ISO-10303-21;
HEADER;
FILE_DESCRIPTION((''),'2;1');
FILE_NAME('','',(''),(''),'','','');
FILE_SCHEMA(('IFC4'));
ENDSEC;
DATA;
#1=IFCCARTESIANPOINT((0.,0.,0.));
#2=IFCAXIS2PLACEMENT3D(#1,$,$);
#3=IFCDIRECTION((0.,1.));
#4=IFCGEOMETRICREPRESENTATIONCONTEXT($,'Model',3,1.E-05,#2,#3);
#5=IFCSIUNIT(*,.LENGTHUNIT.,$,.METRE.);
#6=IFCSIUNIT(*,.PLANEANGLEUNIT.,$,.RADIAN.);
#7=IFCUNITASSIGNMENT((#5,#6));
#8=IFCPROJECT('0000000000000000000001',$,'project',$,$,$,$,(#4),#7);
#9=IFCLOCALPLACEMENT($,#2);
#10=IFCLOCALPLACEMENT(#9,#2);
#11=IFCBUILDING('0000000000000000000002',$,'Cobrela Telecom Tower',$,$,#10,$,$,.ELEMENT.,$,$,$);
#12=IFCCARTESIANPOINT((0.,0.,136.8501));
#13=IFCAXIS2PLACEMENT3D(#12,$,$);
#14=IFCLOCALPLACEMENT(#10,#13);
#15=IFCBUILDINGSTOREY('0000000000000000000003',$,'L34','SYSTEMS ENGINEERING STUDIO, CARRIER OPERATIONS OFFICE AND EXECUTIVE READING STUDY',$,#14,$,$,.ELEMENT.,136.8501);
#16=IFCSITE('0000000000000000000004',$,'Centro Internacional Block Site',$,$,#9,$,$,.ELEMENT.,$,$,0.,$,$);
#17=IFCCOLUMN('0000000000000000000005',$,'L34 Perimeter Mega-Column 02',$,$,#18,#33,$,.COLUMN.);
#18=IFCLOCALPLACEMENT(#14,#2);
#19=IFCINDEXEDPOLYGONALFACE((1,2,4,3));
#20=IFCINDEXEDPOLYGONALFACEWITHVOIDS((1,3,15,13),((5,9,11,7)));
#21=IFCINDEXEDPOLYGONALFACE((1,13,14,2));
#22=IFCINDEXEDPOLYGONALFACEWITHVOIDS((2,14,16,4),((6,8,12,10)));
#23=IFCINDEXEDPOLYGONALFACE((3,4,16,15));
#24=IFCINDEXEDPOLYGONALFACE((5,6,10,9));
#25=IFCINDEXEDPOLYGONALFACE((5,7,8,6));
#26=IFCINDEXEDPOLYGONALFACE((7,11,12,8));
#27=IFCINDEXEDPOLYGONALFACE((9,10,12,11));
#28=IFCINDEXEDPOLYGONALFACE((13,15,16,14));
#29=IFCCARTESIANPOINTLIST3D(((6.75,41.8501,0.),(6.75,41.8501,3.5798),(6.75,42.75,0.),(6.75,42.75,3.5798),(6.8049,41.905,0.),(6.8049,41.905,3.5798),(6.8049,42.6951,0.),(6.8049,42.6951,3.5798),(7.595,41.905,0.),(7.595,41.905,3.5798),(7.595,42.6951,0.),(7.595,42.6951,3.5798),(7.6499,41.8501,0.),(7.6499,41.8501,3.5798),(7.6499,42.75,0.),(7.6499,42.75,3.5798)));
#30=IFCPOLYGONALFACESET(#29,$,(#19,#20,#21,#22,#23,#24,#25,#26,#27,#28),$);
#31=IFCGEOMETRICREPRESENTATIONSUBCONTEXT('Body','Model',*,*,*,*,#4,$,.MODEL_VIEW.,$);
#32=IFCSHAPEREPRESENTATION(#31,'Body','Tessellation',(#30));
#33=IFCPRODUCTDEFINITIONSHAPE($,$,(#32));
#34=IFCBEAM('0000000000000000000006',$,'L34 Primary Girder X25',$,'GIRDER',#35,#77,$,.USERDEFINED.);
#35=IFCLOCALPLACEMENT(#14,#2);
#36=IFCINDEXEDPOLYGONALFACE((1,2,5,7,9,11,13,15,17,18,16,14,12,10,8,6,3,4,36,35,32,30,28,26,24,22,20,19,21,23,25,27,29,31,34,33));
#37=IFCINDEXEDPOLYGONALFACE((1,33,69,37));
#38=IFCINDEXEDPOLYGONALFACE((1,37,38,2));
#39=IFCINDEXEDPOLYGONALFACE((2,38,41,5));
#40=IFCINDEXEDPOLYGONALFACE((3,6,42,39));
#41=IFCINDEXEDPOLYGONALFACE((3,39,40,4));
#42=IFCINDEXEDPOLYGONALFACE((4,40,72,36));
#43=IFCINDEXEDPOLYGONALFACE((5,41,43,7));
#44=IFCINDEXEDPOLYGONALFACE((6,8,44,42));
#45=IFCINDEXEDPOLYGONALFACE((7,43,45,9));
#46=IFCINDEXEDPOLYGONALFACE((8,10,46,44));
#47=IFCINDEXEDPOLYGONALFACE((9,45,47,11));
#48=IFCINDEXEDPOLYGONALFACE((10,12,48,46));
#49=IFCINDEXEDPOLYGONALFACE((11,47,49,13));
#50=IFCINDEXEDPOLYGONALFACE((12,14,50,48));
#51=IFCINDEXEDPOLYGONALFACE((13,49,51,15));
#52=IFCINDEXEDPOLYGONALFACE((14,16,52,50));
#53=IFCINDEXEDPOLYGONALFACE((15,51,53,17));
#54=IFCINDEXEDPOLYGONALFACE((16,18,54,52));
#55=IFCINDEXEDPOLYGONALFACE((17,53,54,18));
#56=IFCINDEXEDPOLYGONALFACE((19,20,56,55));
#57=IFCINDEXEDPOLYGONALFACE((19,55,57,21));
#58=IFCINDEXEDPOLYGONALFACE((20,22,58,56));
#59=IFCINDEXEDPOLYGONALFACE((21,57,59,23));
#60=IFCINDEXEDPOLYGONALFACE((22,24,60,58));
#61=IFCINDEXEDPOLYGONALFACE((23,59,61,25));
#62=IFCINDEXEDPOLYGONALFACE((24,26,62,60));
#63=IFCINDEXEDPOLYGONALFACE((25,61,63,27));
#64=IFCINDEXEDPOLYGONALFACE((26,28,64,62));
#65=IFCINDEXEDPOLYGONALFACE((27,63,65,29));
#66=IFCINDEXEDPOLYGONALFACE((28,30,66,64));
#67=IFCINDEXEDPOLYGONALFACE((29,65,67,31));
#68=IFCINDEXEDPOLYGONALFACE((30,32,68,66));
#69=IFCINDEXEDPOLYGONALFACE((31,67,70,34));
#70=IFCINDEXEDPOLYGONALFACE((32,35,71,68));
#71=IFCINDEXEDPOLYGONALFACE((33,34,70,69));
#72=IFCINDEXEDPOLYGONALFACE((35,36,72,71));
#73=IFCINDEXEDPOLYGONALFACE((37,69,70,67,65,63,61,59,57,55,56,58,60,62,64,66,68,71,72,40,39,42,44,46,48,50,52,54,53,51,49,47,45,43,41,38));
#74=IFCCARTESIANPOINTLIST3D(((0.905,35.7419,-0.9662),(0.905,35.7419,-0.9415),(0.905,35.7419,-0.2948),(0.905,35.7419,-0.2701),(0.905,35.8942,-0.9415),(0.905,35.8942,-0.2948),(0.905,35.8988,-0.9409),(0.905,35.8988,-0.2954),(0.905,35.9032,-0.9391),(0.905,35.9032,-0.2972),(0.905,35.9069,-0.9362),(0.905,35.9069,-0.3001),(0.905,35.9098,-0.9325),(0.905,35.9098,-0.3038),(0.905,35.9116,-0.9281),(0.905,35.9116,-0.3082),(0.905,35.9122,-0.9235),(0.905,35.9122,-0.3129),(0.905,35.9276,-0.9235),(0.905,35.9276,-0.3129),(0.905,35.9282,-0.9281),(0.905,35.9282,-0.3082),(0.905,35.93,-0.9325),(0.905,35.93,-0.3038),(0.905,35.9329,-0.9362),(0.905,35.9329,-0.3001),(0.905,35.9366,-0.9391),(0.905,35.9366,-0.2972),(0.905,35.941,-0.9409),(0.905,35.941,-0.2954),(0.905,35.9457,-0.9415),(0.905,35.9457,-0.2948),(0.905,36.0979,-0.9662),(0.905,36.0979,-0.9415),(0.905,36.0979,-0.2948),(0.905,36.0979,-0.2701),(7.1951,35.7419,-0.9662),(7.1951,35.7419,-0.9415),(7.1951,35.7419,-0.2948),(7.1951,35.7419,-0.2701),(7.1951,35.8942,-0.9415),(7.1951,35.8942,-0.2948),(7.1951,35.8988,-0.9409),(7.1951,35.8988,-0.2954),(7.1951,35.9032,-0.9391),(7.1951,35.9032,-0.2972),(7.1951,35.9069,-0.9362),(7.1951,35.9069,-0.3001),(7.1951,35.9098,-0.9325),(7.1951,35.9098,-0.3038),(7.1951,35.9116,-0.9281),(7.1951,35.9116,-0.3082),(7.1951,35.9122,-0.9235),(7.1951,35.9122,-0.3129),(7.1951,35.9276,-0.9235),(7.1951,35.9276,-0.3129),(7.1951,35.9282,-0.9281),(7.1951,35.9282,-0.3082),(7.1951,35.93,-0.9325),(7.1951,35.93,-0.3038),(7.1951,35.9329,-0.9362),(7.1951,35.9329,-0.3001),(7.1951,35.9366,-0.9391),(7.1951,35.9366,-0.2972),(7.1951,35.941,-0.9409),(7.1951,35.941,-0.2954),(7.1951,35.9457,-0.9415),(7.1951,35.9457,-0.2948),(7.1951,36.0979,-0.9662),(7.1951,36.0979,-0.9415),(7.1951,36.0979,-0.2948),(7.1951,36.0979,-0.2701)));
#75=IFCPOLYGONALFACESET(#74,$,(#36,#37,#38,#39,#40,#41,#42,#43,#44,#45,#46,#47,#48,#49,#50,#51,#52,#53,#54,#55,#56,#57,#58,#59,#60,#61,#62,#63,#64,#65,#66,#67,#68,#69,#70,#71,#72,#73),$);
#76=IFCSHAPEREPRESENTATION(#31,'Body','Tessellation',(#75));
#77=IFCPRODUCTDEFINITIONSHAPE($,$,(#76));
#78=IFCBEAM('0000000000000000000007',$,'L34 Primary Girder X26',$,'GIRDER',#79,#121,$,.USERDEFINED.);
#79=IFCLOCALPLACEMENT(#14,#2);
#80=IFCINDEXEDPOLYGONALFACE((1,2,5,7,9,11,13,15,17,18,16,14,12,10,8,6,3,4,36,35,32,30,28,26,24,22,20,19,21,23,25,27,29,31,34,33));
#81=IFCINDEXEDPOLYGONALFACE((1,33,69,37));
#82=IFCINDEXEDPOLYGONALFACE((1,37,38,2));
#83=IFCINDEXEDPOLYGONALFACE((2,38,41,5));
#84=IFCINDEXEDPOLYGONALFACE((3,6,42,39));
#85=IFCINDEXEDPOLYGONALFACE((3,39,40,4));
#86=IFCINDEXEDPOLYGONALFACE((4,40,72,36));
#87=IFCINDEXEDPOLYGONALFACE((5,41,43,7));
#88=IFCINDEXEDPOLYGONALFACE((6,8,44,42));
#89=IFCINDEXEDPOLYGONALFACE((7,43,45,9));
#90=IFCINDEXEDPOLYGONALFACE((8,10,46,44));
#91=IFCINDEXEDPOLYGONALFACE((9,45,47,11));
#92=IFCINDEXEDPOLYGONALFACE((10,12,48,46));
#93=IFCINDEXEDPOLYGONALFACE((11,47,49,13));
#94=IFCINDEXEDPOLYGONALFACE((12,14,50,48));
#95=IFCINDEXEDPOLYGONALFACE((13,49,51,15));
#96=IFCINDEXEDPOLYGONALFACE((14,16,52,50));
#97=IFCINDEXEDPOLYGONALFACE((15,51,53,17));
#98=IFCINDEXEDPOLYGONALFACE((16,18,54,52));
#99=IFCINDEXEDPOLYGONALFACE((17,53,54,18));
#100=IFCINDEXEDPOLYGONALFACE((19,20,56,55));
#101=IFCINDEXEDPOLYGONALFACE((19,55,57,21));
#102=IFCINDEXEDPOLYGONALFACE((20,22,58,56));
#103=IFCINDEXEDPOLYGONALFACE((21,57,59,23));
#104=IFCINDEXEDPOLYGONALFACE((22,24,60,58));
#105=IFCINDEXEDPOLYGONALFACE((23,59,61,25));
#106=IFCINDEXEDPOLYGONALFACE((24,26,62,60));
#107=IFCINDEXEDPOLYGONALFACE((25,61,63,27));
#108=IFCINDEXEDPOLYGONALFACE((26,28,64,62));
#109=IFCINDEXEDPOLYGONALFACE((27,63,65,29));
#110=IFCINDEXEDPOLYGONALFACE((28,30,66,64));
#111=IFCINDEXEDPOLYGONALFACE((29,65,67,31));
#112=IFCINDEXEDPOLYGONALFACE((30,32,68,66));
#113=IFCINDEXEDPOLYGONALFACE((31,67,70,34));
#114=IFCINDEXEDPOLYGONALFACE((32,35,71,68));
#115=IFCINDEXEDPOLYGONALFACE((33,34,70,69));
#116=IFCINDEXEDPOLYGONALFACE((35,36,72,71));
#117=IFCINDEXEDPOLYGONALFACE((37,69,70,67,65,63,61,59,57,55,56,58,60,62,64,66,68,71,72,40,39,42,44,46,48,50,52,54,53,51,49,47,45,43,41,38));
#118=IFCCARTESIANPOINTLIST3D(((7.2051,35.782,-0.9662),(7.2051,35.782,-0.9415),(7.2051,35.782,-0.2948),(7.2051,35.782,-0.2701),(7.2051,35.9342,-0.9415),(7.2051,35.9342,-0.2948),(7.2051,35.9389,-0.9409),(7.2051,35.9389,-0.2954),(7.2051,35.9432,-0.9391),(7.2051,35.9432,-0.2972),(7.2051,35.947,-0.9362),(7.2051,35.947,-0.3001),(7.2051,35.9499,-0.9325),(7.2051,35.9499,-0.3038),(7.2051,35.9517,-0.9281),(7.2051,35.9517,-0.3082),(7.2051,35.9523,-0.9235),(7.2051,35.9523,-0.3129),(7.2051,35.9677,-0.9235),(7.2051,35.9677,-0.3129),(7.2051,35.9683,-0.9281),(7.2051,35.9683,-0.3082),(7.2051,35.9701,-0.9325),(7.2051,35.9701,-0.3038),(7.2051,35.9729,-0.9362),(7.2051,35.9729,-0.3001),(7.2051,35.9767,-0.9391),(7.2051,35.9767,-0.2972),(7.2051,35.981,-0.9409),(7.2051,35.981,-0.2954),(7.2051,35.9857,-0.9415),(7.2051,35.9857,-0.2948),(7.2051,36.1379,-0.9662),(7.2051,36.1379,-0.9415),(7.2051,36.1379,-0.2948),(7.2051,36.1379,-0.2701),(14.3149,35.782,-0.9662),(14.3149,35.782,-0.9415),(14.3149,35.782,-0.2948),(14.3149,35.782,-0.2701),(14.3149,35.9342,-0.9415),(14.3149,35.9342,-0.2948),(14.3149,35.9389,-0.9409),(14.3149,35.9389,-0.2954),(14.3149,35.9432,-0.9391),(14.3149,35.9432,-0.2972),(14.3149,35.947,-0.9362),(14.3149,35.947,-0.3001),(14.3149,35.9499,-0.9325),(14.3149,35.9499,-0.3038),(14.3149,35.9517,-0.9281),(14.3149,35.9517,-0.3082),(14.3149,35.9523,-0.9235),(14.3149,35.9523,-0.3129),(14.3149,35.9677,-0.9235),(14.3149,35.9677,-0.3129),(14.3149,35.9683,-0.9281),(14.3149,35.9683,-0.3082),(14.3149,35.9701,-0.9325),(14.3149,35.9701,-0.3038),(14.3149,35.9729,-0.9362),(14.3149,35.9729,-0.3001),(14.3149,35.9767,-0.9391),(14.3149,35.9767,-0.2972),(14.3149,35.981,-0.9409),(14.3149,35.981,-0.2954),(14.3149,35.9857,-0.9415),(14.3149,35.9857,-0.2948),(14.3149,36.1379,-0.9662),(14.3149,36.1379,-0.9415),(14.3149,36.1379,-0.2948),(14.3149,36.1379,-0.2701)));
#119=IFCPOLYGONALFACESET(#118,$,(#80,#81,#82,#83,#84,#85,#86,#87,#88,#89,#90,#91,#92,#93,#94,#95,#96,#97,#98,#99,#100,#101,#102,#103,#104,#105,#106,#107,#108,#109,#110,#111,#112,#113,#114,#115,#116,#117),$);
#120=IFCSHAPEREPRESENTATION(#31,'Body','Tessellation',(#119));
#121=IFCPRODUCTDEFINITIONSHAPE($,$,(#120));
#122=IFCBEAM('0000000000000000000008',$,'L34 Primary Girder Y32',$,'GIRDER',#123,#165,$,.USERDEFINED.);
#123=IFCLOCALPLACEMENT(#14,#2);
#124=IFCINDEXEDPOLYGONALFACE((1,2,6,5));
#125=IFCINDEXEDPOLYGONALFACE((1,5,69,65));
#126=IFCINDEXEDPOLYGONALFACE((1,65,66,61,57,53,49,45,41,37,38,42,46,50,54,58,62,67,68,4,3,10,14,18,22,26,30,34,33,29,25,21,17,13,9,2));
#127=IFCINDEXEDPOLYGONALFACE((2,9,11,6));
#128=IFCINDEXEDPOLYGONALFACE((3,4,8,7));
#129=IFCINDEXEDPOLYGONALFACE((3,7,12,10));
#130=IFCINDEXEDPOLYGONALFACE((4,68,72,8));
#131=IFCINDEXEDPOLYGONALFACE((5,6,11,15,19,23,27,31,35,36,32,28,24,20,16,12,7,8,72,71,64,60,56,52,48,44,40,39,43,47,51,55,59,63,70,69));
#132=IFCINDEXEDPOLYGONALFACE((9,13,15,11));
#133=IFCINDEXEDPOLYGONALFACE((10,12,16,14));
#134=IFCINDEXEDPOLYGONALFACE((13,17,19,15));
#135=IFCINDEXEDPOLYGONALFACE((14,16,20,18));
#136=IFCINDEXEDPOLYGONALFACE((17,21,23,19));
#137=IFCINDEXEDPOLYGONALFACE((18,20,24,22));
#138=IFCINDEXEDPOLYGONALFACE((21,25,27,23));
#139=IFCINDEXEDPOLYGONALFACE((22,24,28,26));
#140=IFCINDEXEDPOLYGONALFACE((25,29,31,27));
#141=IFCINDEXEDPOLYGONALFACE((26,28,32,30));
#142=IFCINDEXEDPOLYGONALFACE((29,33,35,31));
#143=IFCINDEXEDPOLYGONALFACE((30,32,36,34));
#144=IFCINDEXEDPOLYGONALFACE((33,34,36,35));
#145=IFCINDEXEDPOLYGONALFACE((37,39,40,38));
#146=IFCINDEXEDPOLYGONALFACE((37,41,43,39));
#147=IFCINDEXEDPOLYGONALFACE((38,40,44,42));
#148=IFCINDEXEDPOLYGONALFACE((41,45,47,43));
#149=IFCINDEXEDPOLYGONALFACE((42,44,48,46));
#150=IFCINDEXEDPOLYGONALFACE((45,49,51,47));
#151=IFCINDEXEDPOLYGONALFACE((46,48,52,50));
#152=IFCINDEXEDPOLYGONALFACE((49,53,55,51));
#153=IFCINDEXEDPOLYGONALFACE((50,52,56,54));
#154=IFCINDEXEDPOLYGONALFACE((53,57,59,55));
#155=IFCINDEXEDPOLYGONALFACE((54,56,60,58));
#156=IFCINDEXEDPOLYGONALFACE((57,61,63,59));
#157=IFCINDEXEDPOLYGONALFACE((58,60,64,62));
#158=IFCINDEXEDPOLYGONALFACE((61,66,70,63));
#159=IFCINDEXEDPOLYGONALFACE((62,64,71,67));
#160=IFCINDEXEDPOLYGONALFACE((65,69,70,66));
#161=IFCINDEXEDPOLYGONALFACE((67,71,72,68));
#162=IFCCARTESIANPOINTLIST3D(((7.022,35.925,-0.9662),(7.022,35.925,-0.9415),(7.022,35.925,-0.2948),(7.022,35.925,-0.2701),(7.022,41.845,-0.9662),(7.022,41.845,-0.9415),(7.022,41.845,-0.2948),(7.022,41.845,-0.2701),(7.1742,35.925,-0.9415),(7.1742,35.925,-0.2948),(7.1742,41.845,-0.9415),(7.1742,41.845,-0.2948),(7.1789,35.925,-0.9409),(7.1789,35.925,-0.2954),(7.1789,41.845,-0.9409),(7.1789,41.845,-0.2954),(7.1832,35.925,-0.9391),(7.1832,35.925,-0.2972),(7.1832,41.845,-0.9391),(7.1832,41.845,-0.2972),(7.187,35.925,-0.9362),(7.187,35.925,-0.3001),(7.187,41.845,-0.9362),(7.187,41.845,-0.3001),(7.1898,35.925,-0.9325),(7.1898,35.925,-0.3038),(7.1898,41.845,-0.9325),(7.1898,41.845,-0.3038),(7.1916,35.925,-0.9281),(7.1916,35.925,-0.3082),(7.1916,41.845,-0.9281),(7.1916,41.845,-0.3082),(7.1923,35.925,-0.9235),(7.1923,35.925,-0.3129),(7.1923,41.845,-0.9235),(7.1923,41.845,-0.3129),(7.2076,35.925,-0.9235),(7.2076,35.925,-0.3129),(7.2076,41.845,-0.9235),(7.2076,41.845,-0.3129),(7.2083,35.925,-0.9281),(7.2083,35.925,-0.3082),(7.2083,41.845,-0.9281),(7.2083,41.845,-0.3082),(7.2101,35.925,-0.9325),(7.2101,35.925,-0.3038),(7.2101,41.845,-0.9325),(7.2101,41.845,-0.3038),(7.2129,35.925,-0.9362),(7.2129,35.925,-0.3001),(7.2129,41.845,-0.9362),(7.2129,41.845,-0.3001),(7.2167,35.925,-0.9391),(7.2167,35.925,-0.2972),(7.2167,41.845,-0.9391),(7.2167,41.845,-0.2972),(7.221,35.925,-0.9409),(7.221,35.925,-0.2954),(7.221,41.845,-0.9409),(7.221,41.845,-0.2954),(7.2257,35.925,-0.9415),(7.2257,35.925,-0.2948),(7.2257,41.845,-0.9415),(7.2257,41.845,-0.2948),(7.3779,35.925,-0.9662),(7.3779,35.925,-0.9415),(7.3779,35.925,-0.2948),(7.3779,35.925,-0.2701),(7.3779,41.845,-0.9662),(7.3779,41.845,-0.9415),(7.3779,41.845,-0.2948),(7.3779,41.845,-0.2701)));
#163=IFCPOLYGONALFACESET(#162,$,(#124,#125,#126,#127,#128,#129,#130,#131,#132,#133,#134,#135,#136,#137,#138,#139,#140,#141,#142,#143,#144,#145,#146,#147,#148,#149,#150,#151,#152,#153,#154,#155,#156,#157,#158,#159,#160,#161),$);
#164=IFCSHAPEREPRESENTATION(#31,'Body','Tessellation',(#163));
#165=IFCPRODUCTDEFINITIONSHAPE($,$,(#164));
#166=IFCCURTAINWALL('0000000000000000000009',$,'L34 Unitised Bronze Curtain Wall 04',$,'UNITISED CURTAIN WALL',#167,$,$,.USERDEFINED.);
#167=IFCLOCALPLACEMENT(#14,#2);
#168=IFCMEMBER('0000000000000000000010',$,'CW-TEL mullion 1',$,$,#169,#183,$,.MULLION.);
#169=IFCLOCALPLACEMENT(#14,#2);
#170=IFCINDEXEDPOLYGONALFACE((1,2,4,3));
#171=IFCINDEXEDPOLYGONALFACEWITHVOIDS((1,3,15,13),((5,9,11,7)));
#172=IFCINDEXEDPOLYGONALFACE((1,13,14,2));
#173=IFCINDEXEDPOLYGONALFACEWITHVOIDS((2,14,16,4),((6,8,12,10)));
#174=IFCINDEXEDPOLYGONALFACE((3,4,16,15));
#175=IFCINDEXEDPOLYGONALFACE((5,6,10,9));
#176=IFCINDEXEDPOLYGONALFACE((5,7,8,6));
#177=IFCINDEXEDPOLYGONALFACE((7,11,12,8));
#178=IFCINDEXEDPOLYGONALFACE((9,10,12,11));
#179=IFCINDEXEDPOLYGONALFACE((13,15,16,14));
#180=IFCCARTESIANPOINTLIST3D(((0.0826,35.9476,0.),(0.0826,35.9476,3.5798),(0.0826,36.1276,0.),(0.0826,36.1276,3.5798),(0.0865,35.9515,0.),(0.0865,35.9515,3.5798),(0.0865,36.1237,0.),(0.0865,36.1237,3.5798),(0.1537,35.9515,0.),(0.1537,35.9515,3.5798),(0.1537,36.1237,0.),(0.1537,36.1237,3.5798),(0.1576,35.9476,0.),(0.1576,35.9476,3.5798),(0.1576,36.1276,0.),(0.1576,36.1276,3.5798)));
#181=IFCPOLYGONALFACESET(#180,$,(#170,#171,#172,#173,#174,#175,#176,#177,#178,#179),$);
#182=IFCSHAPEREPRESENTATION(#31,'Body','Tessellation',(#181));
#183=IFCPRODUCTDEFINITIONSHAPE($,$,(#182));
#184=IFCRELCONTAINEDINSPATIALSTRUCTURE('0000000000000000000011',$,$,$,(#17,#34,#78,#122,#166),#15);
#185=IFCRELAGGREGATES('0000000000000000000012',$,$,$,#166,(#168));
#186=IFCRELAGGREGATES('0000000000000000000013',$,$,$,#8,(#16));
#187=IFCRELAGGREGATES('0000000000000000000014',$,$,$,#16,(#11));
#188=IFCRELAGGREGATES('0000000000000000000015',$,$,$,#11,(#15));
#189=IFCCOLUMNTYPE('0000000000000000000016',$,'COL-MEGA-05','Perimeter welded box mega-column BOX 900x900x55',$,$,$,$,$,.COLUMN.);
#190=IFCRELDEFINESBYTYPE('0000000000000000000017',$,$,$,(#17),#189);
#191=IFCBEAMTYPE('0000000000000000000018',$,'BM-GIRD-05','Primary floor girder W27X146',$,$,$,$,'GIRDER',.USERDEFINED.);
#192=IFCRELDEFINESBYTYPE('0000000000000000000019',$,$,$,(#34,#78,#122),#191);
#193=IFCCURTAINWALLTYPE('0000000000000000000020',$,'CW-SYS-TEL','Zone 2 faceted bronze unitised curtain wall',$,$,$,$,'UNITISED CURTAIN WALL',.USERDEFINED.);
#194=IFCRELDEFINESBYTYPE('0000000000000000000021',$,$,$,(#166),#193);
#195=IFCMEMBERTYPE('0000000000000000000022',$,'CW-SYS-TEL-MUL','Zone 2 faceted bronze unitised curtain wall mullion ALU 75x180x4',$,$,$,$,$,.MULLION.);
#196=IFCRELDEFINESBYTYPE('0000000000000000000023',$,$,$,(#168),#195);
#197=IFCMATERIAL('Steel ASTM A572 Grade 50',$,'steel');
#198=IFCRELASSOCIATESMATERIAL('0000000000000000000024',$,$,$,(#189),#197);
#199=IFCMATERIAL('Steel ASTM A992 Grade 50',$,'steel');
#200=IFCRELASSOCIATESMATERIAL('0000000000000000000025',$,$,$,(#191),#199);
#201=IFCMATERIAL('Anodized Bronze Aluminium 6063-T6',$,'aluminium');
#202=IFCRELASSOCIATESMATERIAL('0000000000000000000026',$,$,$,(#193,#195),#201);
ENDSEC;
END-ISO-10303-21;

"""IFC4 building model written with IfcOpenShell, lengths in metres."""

from ifc_helpers import new_model, si_unit, direction, frame, origin, origin_2d, place, context, subcontext, project, spatial, hollow_rectangle, i_section, extrude, material, material_profile, profile_set, type_object, element, aggregate, save


model = new_model("IFC4")

# Units and contexts
model_context = context("Model", 3, precision=1e-05, world=origin(), true_north=direction((0.0, 1.0)))
body_context = subcontext(model_context, "Body", "Model", "MODEL_VIEW")
ifc_project = project(units=[si_unit("LENGTHUNIT", "METRE"), si_unit("PLANEANGLEUNIT", "RADIAN")], contexts=[model_context])

# Site, building, storey
site_placement = place(None, origin())
site = spatial("IfcSite", under=ifc_project, at=site_placement, Name="Centro Internacional Block Site", CompositionType="ELEMENT", RefElevation=0.0)
building_placement = place(site_placement, origin())
building = spatial("IfcBuilding", under=site, at=building_placement, Name="Cobrela Telecom Tower", CompositionType="ELEMENT")
storey_placement = place(building_placement, frame((0.0, 0.0, 136.8501)))
storey = spatial("IfcBuildingStorey", under=building, at=storey_placement, Name="L34", Description="SYSTEMS ENGINEERING STUDIO, CARRIER OPERATIONS OFFICE AND EXECUTIVE READING STUDY", CompositionType="ELEMENT", Elevation=136.8501)

# Column
ifc_material_1 = material(Name="Steel ASTM A572 Grade 50", Category="steel")
ifc_material_profile_1 = material_profile(ifc_material_1, hollow_rectangle(XDim=0.8999, YDim=0.8999, WallThickness=0.0549, at=origin_2d()), Name="BOX 900x900x55")
ifc_profile_set_1 = profile_set([ifc_material_profile_1], Name="Steel ASTM A572 Grade 50")
column_type = type_object("IfcColumnType", Name="COL-MEGA-05", Description="Perimeter welded box mega-column BOX 900x900x55", PredefinedType="COLUMN", material=ifc_profile_set_1)
column_placement = place(storey_placement, frame((7.2, 42.3, 0.0), z_axis=(0.0, 0.0, 1.0), x_axis=(1.0, 0.0, 0.0)))
element("IfcColumn", 1, at=column_placement, inside=storey, type_object=column_type, Name="L34 Perimeter Mega-Column 02", PredefinedType="COLUMN", context=body_context, shape_type="SweptSolid", body=[
    extrude(hollow_rectangle(XDim=0.8999, YDim=0.8999, WallThickness=0.0549, at=origin_2d()), origin(), (0.0, 0.0, 1.0), 3.5798),
])

# Beams
ifc_material_2 = material(Name="Steel ASTM A992 Grade 50", Category="steel")
ifc_material_profile_2 = material_profile(ifc_material_2, i_section(OverallWidth=0.356, OverallDepth=0.696, WebThickness=0.0154, FlangeThickness=0.0247, FilletRadius=0.0181, at=origin_2d()), Name="W27X146")
ifc_profile_set_2 = profile_set([ifc_material_profile_2], Name="Steel ASTM A992 Grade 50")
beam_type = type_object("IfcBeamType", Name="BM-GIRD-05", Description="Primary floor girder W27X146", ElementType="GIRDER", PredefinedType="USERDEFINED", material=ifc_profile_set_2)
beam_1_placement = place(storey_placement, frame((0.905, 35.9199, -0.6182), z_axis=(1.0, 0.0, 0.0), x_axis=(0.0, 1.0, 0.0)))
element("IfcBeam", 2, at=beam_1_placement, inside=storey, type_object=beam_type, Name="L34 Primary Girder X25", ObjectType="GIRDER", PredefinedType="USERDEFINED", context=body_context, shape_type="SweptSolid", body=[
    extrude(i_section(OverallWidth=0.356, OverallDepth=0.696, WebThickness=0.0154, FlangeThickness=0.0247, FilletRadius=0.0181, at=origin_2d()), origin(), (0.0, 0.0, 1.0), 6.29),
])
beam_2_placement = place(storey_placement, frame((7.2051, 35.96, -0.6182), z_axis=(1.0, 0.0, 0.0), x_axis=(0.0, 1.0, 0.0)))
element("IfcBeam", 3, at=beam_2_placement, inside=storey, type_object=beam_type, Name="L34 Primary Girder X26", ObjectType="GIRDER", PredefinedType="USERDEFINED", context=body_context, shape_type="SweptSolid", body=[
    extrude(i_section(OverallWidth=0.356, OverallDepth=0.696, WebThickness=0.0154, FlangeThickness=0.0247, FilletRadius=0.0181, at=origin_2d()), origin(), (0.0, 0.0, 1.0), 7.1099),
])
beam_3_placement = place(storey_placement, frame((7.2, 35.925, -0.6182), z_axis=(0.0, 1.0, 0.0), x_axis=(-1.0, 0.0, 0.0)))
element("IfcBeam", 4, at=beam_3_placement, inside=storey, type_object=beam_type, Name="L34 Primary Girder Y32", ObjectType="GIRDER", PredefinedType="USERDEFINED", context=body_context, shape_type="SweptSolid", body=[
    extrude(i_section(OverallWidth=0.356, OverallDepth=0.696, WebThickness=0.0154, FlangeThickness=0.0247, FilletRadius=0.0181, at=origin_2d()), origin(), (0.0, 0.0, 1.0), 5.9199),
])

# Curtain wall, member
ifc_material_3 = material(Name="Anodized Bronze Aluminium 6063-T6", Category="aluminium")
curtain_wall_type = type_object("IfcCurtainWallType", Name="CW-SYS-TEL", Description="Zone 2 faceted bronze unitised curtain wall", ElementType="UNITISED CURTAIN WALL", PredefinedType="USERDEFINED", material=ifc_material_3)
curtain_wall_1_placement = place(storey_placement, origin())
curtain_wall_1 = element("IfcCurtainWall", 5, at=curtain_wall_1_placement, inside=storey, type_object=curtain_wall_type, Name="L34 Unitised Bronze Curtain Wall 04", ObjectType="UNITISED CURTAIN WALL", PredefinedType="USERDEFINED")
ifc_material_profile_3 = material_profile(ifc_material_3, hollow_rectangle(XDim=0.075, YDim=0.1799, WallThickness=0.0039, at=origin_2d()), Name="ALU 75x180x4")
ifc_profile_set_3 = profile_set([ifc_material_profile_3], Name="Anodized Bronze Aluminium 6063-T6")
member_type_1 = type_object("IfcMemberType", Name="CW-SYS-TEL-MUL", Description="Zone 2 faceted bronze unitised curtain wall mullion ALU 75x180x4", PredefinedType="MULLION", material=ifc_profile_set_3)
member_1_placement = place(storey_placement, frame((0.1201, 36.0376, 0.0), z_axis=(0.0, 0.0, 1.0), x_axis=(-1.0, 0.0, 0.0)))
member_1 = element("IfcMember", 6, at=member_1_placement, type_object=member_type_1, Name="CW-TEL mullion 1", PredefinedType="MULLION", context=body_context, shape_type="SweptSolid", body=[
    extrude(hollow_rectangle(XDim=0.075, YDim=0.1799, WallThickness=0.0039, at=origin_2d()), origin(), (0.0, 0.0, 1.0), 3.5798),
])

aggregate(curtain_wall_1, [member_1])

save(model, "model.ifc")
